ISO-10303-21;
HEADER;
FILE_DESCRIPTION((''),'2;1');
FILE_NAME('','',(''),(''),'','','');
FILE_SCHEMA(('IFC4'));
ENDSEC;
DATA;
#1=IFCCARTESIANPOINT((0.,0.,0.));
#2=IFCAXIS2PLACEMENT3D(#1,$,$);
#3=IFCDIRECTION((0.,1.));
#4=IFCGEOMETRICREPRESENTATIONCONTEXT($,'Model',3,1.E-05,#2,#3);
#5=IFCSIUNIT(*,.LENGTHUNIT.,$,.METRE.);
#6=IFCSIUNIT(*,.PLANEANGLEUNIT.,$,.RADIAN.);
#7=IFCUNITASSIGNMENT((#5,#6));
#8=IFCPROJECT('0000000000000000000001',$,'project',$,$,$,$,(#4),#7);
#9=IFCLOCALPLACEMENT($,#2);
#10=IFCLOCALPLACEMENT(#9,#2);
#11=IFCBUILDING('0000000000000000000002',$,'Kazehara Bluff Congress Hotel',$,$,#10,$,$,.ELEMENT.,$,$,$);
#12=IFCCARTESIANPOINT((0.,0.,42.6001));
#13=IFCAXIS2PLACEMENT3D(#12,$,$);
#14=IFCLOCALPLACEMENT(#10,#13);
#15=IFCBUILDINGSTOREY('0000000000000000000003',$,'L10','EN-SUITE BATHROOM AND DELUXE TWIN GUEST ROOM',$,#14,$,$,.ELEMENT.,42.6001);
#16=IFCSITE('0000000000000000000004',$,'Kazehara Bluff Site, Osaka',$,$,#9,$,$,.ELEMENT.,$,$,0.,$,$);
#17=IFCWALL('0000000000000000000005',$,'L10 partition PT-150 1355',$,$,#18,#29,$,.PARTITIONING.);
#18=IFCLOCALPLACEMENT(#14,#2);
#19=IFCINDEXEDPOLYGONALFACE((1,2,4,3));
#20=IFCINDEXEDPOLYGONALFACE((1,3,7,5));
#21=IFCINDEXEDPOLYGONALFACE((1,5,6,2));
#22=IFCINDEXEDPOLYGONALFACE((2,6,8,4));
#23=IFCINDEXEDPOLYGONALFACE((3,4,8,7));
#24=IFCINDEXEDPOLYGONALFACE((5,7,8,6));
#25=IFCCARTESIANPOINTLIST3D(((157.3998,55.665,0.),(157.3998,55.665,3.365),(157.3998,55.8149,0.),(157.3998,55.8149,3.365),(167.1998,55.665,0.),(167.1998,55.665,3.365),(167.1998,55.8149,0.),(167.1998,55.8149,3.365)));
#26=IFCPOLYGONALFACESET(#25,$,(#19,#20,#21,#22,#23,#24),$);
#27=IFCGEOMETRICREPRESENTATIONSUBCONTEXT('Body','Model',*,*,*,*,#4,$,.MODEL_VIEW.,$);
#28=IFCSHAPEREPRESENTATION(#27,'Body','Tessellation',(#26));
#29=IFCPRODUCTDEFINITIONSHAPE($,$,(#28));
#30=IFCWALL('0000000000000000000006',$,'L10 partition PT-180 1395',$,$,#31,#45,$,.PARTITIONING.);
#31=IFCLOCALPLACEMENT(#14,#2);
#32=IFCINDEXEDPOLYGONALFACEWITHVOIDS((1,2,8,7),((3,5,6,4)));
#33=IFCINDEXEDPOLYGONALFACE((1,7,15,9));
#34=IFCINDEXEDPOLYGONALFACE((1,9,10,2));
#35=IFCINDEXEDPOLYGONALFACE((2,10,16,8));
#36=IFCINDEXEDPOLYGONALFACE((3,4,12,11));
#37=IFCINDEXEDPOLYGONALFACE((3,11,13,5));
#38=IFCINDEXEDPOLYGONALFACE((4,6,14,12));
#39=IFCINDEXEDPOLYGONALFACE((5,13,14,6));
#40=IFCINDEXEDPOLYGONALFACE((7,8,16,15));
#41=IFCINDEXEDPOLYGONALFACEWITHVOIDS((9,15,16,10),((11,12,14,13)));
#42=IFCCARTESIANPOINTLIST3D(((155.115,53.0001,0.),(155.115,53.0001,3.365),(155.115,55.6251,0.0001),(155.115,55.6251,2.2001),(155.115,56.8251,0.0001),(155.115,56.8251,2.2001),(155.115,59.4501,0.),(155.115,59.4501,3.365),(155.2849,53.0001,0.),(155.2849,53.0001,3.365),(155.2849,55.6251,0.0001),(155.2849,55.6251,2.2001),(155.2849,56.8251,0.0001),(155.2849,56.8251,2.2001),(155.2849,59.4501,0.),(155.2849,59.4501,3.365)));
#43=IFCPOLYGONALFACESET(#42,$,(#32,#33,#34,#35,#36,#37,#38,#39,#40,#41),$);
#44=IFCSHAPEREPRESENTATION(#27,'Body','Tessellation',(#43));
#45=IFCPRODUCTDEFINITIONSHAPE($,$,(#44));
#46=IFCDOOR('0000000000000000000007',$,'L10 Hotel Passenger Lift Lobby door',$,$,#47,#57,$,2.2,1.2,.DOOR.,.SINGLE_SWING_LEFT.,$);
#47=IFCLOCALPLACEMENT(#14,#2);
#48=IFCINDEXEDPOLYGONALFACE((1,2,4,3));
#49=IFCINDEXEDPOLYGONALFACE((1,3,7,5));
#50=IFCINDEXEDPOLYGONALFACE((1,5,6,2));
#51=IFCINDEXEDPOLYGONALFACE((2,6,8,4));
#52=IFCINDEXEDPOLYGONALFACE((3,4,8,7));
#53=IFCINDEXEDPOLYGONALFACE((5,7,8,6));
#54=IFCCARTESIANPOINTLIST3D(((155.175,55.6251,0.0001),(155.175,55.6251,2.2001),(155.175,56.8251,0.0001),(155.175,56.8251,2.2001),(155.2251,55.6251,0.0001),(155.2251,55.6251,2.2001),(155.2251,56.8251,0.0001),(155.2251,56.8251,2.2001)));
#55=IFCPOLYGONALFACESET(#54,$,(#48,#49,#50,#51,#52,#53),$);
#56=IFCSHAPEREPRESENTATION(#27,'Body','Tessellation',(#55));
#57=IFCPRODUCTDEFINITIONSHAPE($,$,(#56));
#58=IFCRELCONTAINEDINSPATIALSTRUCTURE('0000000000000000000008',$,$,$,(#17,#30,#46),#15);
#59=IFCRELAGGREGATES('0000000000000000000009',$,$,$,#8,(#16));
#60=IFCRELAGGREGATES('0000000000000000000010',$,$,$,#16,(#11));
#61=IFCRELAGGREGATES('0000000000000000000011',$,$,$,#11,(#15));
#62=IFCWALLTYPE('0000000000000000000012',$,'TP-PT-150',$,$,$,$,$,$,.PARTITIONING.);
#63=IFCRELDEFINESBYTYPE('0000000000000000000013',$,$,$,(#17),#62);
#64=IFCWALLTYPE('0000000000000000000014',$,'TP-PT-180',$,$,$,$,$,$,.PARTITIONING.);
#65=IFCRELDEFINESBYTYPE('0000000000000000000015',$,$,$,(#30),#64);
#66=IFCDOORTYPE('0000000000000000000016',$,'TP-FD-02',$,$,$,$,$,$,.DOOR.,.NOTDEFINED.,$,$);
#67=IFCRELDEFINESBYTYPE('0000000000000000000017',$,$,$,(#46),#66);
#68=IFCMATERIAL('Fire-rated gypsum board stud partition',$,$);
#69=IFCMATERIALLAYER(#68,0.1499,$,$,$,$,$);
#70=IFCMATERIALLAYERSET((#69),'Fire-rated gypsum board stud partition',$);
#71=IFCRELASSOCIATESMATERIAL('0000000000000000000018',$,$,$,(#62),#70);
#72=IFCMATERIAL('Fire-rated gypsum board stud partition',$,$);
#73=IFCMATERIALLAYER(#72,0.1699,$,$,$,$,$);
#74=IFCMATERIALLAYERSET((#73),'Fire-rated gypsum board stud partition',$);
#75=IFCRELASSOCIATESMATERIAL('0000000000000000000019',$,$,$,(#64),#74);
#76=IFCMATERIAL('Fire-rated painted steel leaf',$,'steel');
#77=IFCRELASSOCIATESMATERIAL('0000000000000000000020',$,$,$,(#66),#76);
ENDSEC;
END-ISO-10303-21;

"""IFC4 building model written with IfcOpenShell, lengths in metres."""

from ifc_helpers import new_model, si_unit, direction, frame, frame_2d, origin, place, context, subcontext, project, spatial, rectangle, extrude, material, layer, layer_set, type_object, element, fill, save


model = new_model("IFC4")

# Units and contexts
model_context = context("Model", 3, precision=1e-05, world=origin(), true_north=direction((0.0, 1.0)))
body_context = subcontext(model_context, "Body", "Model", "MODEL_VIEW")
ifc_project = project(units=[si_unit("LENGTHUNIT", "METRE"), si_unit("PLANEANGLEUNIT", "RADIAN")], contexts=[model_context])

# Site, building, storey
site_placement = place(None, origin())
site = spatial("IfcSite", under=ifc_project, at=site_placement, Name="Kazehara Bluff Site, Osaka", CompositionType="ELEMENT", RefElevation=0.0)
building_placement = place(site_placement, origin())
building = spatial("IfcBuilding", under=site, at=building_placement, Name="Kazehara Bluff Congress Hotel", CompositionType="ELEMENT")
storey_placement = place(building_placement, frame((0.0, 0.0, 42.6001)))
storey = spatial("IfcBuildingStorey", under=building, at=storey_placement, Name="L10", Description="EN-SUITE BATHROOM AND DELUXE TWIN GUEST ROOM", CompositionType="ELEMENT", Elevation=42.6001)

# Shared definitions
ifc_material_1 = material(Name="Fire-rated gypsum board stud partition")
ifc_layer_1 = layer(ifc_material_1, 0.1499)
ifc_layer_set_1 = layer_set([ifc_layer_1], Name="Fire-rated gypsum board stud partition")
wall_type_1 = type_object("IfcWallType", Name="TP-PT-150", PredefinedType="PARTITIONING", material=ifc_layer_set_1)

# Wall
wall_1_placement = place(storey_placement, frame((157.3999, 55.74, 0.0), z_axis=(0.0, 0.0, 1.0), x_axis=(1.0, 0.0, 0.0)))
element("IfcWall", 1, at=wall_1_placement, inside=storey, type_object=wall_type_1, Name="L10 partition PT-150 1355", PredefinedType="PARTITIONING", context=body_context, shape_type="SweptSolid", body=[
    extrude(rectangle(XDim=9.8, YDim=0.1499, at=frame_2d((4.8999, 0.0))), origin(), (0.0, 0.0, 1.0), 3.365),
])

# Wall, opening, door
ifc_material_2 = material(Name="Fire-rated gypsum board stud partition")
ifc_layer_2 = layer(ifc_material_2, 0.1699)
ifc_layer_set_2 = layer_set([ifc_layer_2], Name="Fire-rated gypsum board stud partition")
wall_type_2 = type_object("IfcWallType", Name="TP-PT-180", PredefinedType="PARTITIONING", material=ifc_layer_set_2)
wall_2_placement = place(storey_placement, frame((155.2, 53.0, 0.0), z_axis=(0.0, 0.0, 1.0), x_axis=(0.0, 1.0, 0.0)))
wall_2 = element("IfcWall", 2, at=wall_2_placement, inside=storey, type_object=wall_type_2, Name="L10 partition PT-180 1395", PredefinedType="PARTITIONING", context=body_context, shape_type="SweptSolid", body=[
    extrude(rectangle(XDim=6.45, YDim=0.1699, at=frame_2d((3.2251, 0.0))), origin(), (0.0, 0.0, 1.0), 3.365),
])
opening_1_placement = place(wall_2_placement, frame((2.625, 0.0, 0.0)))
opening_1 = element("IfcOpeningElement", 3, at=opening_1_placement, cuts=wall_2, PredefinedType="OPENING", context=body_context, shape_type="SweptSolid", body=[
    extrude(rectangle(XDim=1.2, YDim=2.2, at=frame_2d((0.6001, 1.1001))), frame((0.0, 0.095, 0.0), z_axis=(0.0, -1.0, 0.0), x_axis=(1.0, 0.0, 0.0)), (0.0, 0.0, 1.0), 0.1899),
])
ifc_material_3 = material(Name="Fire-rated painted steel leaf", Category="steel")
door_type_1 = type_object("IfcDoorType", Name="TP-FD-02", OperationType="NOTDEFINED", PredefinedType="DOOR", material=ifc_material_3)
door_1_placement = place(opening_1_placement, origin())
door_1 = element("IfcDoor", 4, at=door_1_placement, inside=storey, type_object=door_type_1, Name="L10 Hotel Passenger Lift Lobby door", OperationType="SINGLE_SWING_LEFT", OverallHeight=2.2, OverallWidth=1.2, PredefinedType="DOOR", context=body_context, shape_type="SweptSolid", body=[
    extrude(rectangle(XDim=1.2, YDim=2.2, at=frame_2d((0.6001, 1.1001))), frame((0.0, 0.0249, 0.0), z_axis=(0.0, -1.0, 0.0), x_axis=(1.0, 0.0, 0.0)), (0.0, 0.0, 1.0), 0.05),
])
fill(opening_1, door_1)

save(model, "model.ifc")
